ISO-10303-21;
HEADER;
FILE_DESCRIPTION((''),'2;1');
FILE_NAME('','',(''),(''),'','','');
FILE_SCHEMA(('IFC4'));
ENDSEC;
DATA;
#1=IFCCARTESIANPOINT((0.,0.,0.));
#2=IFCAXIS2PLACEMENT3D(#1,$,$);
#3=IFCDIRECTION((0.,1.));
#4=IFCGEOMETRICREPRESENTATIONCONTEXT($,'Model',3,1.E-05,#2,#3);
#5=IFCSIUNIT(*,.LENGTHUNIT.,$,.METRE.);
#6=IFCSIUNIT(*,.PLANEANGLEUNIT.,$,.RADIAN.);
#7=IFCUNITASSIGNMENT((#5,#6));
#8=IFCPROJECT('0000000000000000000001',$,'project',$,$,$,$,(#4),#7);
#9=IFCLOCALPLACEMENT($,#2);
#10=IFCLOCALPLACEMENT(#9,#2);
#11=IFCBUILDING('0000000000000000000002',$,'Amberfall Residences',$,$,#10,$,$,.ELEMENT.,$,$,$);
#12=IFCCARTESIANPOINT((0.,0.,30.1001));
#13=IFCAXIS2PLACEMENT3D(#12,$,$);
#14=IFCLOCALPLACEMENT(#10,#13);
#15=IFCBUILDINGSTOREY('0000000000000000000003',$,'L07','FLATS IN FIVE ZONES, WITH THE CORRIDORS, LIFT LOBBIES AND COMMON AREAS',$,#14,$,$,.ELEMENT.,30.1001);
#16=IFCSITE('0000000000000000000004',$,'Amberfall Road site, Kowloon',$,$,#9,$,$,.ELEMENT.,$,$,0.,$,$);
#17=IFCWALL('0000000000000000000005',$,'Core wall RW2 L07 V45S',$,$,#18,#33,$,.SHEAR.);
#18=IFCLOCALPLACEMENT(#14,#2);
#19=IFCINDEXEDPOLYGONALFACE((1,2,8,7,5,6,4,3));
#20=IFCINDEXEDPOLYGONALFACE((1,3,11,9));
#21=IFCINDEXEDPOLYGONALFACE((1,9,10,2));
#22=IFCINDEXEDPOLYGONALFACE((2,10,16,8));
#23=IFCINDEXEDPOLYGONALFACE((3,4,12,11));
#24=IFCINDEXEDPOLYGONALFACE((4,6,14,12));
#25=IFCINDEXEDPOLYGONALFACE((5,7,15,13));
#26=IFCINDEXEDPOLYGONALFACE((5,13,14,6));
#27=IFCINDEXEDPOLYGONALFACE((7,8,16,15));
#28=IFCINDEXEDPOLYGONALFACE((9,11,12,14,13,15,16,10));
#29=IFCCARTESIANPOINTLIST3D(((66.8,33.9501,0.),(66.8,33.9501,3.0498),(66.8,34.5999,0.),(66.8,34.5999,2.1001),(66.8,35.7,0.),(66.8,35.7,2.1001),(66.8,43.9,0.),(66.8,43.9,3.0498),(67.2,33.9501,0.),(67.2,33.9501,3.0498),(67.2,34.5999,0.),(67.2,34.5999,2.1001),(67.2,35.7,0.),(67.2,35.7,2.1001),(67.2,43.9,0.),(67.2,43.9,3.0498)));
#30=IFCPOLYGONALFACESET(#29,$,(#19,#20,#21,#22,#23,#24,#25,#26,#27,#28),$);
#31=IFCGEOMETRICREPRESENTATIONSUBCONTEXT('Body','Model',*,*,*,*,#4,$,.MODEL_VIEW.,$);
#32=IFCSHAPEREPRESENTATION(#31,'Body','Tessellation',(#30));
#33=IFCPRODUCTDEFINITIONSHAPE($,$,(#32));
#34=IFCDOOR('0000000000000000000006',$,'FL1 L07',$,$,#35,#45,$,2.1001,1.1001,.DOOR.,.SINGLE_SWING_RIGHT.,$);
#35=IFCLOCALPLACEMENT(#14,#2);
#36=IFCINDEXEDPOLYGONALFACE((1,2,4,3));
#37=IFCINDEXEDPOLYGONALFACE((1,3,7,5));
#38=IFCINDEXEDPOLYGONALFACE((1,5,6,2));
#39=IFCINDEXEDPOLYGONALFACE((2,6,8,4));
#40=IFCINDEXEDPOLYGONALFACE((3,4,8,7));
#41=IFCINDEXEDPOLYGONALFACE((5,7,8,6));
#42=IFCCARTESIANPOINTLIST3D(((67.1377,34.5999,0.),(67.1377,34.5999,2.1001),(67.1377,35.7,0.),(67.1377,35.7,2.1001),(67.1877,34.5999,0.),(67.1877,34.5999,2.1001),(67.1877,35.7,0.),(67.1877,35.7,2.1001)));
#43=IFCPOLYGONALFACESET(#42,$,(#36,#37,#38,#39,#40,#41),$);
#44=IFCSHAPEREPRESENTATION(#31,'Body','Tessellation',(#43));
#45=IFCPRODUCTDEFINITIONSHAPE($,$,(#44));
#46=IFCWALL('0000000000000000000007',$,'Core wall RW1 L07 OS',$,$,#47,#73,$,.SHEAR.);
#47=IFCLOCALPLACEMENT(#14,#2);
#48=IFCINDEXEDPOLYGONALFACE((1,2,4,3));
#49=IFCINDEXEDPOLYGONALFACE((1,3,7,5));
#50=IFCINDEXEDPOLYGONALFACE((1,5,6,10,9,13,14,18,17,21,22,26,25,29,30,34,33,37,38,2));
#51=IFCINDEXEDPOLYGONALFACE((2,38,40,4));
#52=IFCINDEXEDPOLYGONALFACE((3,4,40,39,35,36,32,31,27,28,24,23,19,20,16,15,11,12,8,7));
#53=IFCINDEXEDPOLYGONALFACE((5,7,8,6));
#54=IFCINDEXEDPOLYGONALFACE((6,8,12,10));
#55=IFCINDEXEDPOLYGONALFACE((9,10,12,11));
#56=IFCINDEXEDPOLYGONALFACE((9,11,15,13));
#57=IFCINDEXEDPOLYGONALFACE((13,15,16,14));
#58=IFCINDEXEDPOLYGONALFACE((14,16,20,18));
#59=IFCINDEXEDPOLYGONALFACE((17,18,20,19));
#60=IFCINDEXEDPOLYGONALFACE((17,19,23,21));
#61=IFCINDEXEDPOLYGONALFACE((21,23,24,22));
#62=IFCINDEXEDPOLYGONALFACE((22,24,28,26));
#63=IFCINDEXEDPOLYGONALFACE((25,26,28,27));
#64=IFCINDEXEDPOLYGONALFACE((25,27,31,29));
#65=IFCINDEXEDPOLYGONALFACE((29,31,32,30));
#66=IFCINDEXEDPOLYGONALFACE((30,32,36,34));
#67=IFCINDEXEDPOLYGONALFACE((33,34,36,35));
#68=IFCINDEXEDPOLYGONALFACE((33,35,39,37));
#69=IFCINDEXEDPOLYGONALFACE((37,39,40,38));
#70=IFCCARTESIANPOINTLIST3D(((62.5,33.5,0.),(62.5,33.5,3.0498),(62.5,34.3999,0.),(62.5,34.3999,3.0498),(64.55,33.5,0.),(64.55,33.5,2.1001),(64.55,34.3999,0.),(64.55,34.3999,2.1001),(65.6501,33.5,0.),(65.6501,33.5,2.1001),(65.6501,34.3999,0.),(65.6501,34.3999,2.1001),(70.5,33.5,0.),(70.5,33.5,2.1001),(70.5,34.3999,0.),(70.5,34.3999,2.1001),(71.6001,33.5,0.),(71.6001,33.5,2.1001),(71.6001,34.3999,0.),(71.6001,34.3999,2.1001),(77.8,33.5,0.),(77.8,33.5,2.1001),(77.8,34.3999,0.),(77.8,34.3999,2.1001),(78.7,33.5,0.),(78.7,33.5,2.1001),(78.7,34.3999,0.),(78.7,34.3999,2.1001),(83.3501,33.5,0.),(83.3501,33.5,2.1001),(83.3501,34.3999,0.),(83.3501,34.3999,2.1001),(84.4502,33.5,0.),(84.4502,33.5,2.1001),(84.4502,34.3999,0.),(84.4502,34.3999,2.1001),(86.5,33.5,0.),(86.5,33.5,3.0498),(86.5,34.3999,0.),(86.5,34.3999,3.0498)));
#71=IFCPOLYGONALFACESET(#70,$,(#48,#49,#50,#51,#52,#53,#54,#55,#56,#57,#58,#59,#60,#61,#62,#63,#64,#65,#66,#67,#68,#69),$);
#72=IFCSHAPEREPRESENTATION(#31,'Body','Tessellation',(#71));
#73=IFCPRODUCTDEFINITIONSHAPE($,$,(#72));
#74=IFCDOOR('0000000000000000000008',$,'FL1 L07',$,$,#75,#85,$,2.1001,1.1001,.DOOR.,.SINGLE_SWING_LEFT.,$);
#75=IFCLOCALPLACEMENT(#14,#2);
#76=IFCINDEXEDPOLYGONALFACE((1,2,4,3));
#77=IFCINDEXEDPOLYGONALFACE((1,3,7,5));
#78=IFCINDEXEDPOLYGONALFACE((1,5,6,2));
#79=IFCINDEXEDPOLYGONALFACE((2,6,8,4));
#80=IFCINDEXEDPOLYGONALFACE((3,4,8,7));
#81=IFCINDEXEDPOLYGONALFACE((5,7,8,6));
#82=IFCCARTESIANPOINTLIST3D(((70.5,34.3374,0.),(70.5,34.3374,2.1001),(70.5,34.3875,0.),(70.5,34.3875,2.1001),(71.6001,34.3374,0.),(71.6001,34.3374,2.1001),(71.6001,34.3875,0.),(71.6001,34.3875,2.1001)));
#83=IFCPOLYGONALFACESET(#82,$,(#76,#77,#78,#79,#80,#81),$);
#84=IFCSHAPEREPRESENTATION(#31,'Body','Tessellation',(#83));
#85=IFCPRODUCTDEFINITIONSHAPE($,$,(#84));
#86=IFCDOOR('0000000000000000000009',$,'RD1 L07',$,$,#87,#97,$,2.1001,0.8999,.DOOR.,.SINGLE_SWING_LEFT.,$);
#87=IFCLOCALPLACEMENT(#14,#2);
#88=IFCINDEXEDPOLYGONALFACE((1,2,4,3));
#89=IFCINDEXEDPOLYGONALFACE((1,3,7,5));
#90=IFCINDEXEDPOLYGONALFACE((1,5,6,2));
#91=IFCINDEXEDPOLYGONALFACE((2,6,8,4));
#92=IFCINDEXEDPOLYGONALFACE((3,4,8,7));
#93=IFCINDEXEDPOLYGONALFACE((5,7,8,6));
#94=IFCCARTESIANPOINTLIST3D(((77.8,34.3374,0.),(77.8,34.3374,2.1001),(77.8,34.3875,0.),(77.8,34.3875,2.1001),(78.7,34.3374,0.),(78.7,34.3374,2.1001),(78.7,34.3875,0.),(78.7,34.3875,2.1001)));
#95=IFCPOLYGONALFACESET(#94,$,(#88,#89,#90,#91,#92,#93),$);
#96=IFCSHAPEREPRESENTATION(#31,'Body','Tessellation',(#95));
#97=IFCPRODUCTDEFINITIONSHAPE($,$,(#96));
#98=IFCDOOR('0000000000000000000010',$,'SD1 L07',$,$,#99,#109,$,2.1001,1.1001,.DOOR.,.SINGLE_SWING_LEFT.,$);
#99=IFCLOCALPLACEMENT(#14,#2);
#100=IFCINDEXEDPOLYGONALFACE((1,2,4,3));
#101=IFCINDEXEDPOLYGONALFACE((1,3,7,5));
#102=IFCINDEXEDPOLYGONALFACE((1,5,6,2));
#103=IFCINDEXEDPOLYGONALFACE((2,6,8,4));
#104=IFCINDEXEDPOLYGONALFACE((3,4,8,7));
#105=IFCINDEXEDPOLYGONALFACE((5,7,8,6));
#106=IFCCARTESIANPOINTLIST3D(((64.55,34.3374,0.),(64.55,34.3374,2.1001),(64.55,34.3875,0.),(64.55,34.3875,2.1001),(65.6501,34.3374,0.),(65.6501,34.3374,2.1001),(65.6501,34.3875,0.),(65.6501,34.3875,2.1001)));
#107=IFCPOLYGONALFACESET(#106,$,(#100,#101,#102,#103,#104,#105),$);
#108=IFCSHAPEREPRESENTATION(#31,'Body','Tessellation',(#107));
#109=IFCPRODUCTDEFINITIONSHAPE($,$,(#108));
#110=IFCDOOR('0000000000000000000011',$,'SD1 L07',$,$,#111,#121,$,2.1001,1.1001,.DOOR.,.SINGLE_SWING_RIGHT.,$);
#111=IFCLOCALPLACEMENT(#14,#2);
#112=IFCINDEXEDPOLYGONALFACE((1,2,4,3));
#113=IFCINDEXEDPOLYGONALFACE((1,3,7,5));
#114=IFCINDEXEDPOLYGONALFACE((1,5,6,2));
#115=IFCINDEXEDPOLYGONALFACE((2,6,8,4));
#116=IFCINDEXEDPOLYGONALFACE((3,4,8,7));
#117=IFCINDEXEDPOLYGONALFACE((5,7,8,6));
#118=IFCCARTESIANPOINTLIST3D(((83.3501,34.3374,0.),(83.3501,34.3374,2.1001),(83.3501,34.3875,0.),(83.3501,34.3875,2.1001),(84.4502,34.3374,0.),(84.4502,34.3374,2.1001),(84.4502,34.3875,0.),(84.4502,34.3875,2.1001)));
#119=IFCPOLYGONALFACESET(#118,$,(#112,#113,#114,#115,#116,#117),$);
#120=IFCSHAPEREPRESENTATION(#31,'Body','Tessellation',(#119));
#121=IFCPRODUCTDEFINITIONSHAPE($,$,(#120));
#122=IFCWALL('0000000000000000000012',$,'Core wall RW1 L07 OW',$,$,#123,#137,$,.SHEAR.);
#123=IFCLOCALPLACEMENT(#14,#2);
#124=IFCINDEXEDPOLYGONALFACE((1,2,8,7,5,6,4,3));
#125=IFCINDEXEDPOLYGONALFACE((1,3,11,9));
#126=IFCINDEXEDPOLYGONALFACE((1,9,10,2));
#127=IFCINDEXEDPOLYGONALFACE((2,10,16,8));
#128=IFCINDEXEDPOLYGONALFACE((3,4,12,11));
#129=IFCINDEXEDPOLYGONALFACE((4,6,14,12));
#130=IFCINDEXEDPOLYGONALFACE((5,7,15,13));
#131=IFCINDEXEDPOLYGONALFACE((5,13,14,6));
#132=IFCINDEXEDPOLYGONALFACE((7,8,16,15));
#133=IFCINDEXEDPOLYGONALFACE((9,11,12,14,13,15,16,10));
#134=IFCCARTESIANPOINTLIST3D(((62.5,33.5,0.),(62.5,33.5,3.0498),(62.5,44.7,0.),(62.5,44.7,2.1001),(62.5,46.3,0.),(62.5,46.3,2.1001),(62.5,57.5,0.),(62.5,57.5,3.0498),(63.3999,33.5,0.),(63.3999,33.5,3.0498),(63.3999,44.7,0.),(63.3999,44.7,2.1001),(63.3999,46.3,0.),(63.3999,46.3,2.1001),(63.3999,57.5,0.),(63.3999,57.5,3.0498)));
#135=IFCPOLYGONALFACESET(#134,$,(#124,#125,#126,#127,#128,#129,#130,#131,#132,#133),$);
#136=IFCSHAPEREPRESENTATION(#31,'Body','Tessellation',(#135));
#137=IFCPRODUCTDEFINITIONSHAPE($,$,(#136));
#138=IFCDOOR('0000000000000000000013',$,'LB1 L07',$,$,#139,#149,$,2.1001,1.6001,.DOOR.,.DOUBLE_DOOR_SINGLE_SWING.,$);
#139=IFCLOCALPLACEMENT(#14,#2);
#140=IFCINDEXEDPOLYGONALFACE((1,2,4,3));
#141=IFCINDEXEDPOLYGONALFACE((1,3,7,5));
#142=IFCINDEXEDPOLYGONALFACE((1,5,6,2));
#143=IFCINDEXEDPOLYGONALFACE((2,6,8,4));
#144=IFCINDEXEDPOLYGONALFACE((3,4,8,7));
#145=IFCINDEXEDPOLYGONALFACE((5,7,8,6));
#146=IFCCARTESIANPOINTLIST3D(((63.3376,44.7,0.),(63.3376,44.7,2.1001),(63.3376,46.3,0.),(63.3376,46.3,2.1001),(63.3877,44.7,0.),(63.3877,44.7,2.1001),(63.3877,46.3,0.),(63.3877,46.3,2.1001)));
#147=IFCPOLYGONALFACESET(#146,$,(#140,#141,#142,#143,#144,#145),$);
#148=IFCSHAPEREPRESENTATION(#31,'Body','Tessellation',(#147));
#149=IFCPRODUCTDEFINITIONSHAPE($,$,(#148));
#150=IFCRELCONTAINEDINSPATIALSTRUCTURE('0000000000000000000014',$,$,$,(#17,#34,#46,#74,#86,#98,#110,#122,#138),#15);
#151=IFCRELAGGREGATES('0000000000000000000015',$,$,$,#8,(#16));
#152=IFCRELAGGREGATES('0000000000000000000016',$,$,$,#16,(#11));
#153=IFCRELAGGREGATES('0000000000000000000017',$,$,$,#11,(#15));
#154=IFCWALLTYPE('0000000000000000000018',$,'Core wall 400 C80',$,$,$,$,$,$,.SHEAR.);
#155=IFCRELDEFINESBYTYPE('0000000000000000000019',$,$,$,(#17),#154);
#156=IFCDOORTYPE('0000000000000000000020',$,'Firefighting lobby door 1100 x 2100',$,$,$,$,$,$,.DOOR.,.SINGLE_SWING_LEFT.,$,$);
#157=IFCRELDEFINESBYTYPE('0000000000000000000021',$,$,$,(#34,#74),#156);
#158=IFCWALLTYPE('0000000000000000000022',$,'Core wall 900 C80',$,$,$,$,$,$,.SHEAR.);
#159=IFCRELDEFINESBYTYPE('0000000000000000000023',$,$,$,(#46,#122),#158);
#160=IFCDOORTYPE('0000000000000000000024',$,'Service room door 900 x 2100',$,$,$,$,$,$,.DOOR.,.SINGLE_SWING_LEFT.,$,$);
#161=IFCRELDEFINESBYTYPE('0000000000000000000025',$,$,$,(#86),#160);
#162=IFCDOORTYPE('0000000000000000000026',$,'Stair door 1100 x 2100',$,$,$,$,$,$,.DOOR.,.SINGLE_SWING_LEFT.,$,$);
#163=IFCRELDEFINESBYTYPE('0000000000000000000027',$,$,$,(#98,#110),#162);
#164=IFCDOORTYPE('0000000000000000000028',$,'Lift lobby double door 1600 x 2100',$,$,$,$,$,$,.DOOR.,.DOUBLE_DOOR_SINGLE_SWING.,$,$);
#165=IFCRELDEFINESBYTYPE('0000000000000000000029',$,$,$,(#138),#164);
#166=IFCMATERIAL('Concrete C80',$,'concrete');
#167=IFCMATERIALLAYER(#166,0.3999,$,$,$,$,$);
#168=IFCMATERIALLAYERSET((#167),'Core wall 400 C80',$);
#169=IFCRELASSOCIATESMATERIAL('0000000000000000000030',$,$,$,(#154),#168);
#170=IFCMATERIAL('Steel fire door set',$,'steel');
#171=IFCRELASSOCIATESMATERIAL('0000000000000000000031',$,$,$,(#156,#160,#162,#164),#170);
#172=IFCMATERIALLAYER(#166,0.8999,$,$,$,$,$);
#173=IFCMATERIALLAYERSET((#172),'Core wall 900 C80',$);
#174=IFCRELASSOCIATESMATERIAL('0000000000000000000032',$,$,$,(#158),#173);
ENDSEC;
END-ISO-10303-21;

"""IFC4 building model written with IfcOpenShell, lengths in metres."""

from ifc_helpers import new_model, si_unit, direction, frame, frame_2d, origin, place, context, subcontext, project, spatial, rectangle, extrude, material, layer, layer_set, type_object, element, fill, save


model = new_model("IFC4")

# Units and contexts
model_context = context("Model", 3, precision=1e-05, world=origin(), true_north=direction((0.0, 1.0)))
body_context = subcontext(model_context, "Body", "Model", "MODEL_VIEW")
ifc_project = project(units=[si_unit("LENGTHUNIT", "METRE"), si_unit("PLANEANGLEUNIT", "RADIAN")], contexts=[model_context])

# Site, building, storey
site_placement = place(None, origin())
site = spatial("IfcSite", under=ifc_project, at=site_placement, Name="Amberfall Road site, Kowloon", CompositionType="ELEMENT", RefElevation=0.0)
building_placement = place(site_placement, origin())
building = spatial("IfcBuilding", under=site, at=building_placement, Name="Amberfall Residences", CompositionType="ELEMENT")
storey_placement = place(building_placement, frame((0.0, 0.0, 30.1001)))
storey = spatial("IfcBuildingStorey", under=building, at=storey_placement, Name="L07", Description="FLATS IN FIVE ZONES, WITH THE CORRIDORS, LIFT LOBBIES AND COMMON AREAS", CompositionType="ELEMENT", Elevation=30.1001)

# Wall, opening, door
ifc_material_1 = material(Name="Concrete C80", Category="concrete")
ifc_layer_1 = layer(ifc_material_1, 0.3999)
ifc_layer_set_1 = layer_set([ifc_layer_1], Name="Core wall 400 C80")
wall_type_1 = type_object("IfcWallType", Name="Core wall 400 C80", PredefinedType="SHEAR", material=ifc_layer_set_1)
wall_1_placement = place(storey_placement, frame((67.0, 33.95, 0.0), z_axis=(0.0, 0.0, 1.0), x_axis=(0.0, 1.0, 0.0)))
wall_1 = element("IfcWall", 1, at=wall_1_placement, inside=storey, type_object=wall_type_1, Name="Core wall RW2 L07 V45S", PredefinedType="SHEAR", context=body_context, shape_type="SweptSolid", body=[
    extrude(rectangle(XDim=9.95, YDim=0.3999, at=frame_2d((4.9751, 0.0))), origin(), (0.0, 0.0, 1.0), 3.0498),
])
opening_1_placement = place(wall_1_placement, frame((0.6499, 0.0, 0.0)))
opening_1 = element("IfcOpeningElement", 2, at=opening_1_placement, cuts=wall_1, PredefinedType="OPENING", context=body_context, shape_type="SweptSolid", body=[
    extrude(rectangle(XDim=1.1001, YDim=2.1001, at=frame_2d((0.55, 1.05))), frame((0.0, 0.21, 0.0), z_axis=(0.0, -1.0, 0.0), x_axis=(1.0, 0.0, 0.0)), (0.0, 0.0, 1.0), 0.4199),
])
ifc_material_2 = material(Name="Steel fire door set", Category="steel")
door_type_1 = type_object("IfcDoorType", Name="Firefighting lobby door 1100 x 2100", OperationType="SINGLE_SWING_LEFT", PredefinedType="DOOR", material=ifc_material_2)
door_1_placement = place(opening_1_placement, origin())
door_1 = element("IfcDoor", 3, at=door_1_placement, inside=storey, type_object=door_type_1, Name="FL1 L07", OperationType="SINGLE_SWING_RIGHT", OverallHeight=2.1001, OverallWidth=1.1001, PredefinedType="DOOR", context=body_context, shape_type="SweptSolid", body=[
    extrude(rectangle(XDim=1.1001, YDim=2.1001, at=frame_2d((0.55, 1.05))), frame((0.0, -0.1377, 0.0), z_axis=(0.0, -1.0, 0.0), x_axis=(1.0, 0.0, 0.0)), (0.0, 0.0, 1.0), 0.05),
])
fill(opening_1, door_1)

# Wall, openings, doors
ifc_layer_2 = layer(ifc_material_1, 0.8999)
ifc_layer_set_2 = layer_set([ifc_layer_2], Name="Core wall 900 C80")
wall_type_2 = type_object("IfcWallType", Name="Core wall 900 C80", PredefinedType="SHEAR", material=ifc_layer_set_2)
wall_2_placement = place(storey_placement, frame((62.5, 33.95, 0.0), z_axis=(0.0, 0.0, 1.0), x_axis=(1.0, 0.0, 0.0)))
wall_2 = element("IfcWall", 4, at=wall_2_placement, inside=storey, type_object=wall_type_2, Name="Core wall RW1 L07 OS", PredefinedType="SHEAR", context=body_context, shape_type="SweptSolid", body=[
    extrude(rectangle(XDim=24.0, YDim=0.8999, at=frame_2d((12.0, 0.0))), origin(), (0.0, 0.0, 1.0), 3.0498),
])
opening_2_placement = place(wall_2_placement, frame((2.05, 0.0, 0.0)))
opening_2 = element("IfcOpeningElement", 5, at=opening_2_placement, cuts=wall_2, PredefinedType="OPENING", context=body_context, shape_type="SweptSolid", body=[
    extrude(rectangle(XDim=1.1001, YDim=2.1001, at=frame_2d((0.55, 1.05))), frame((0.0, 0.46, 0.0), z_axis=(0.0, -1.0, 0.0), x_axis=(1.0, 0.0, 0.0)), (0.0, 0.0, 1.0), 0.9199),
])
opening_3_placement = place(wall_2_placement, frame((20.8501, 0.0, 0.0)))
opening_3 = element("IfcOpeningElement", 6, at=opening_3_placement, cuts=wall_2, PredefinedType="OPENING", context=body_context, shape_type="SweptSolid", body=[
    extrude(rectangle(XDim=1.1001, YDim=2.1001, at=frame_2d((0.55, 1.05))), frame((0.0, 0.46, 0.0), z_axis=(0.0, -1.0, 0.0), x_axis=(1.0, 0.0, 0.0)), (0.0, 0.0, 1.0), 0.9199),
])
opening_4_placement = place(wall_2_placement, frame((8.0, 0.0, 0.0)))
opening_4 = element("IfcOpeningElement", 7, at=opening_4_placement, cuts=wall_2, PredefinedType="OPENING", context=body_context, shape_type="SweptSolid", body=[
    extrude(rectangle(XDim=1.1001, YDim=2.1001, at=frame_2d((0.55, 1.05))), frame((0.0, 0.46, 0.0), z_axis=(0.0, -1.0, 0.0), x_axis=(1.0, 0.0, 0.0)), (0.0, 0.0, 1.0), 0.9199),
])
opening_5_placement = place(wall_2_placement, frame((15.3, 0.0, 0.0)))
opening_5 = element("IfcOpeningElement", 8, at=opening_5_placement, cuts=wall_2, PredefinedType="OPENING", context=body_context, shape_type="SweptSolid", body=[
    extrude(rectangle(XDim=0.8999, YDim=2.1001, at=frame_2d((0.45, 1.05))), frame((0.0, 0.46, 0.0), z_axis=(0.0, -1.0, 0.0), x_axis=(1.0, 0.0, 0.0)), (0.0, 0.0, 1.0), 0.9199),
])
door_2_placement = place(opening_4_placement, origin())
door_2 = element("IfcDoor", 9, at=door_2_placement, inside=storey, type_object=door_type_1, Name="FL1 L07", OperationType="SINGLE_SWING_LEFT", OverallHeight=2.1001, OverallWidth=1.1001, PredefinedType="DOOR", context=body_context, shape_type="SweptSolid", body=[
    extrude(rectangle(XDim=1.1001, YDim=2.1001, at=frame_2d((0.55, 1.05))), frame((0.0, 0.4375, 0.0), z_axis=(0.0, -1.0, 0.0), x_axis=(1.0, 0.0, 0.0)), (0.0, 0.0, 1.0), 0.05),
])
fill(opening_4, door_2)
door_type_2 = type_object("IfcDoorType", Name="Service room door 900 x 2100", OperationType="SINGLE_SWING_LEFT", PredefinedType="DOOR", material=ifc_material_2)
door_3_placement = place(opening_5_placement, origin())
door_3 = element("IfcDoor", 10, at=door_3_placement, inside=storey, type_object=door_type_2, Name="RD1 L07", OperationType="SINGLE_SWING_LEFT", OverallHeight=2.1001, OverallWidth=0.8999, PredefinedType="DOOR", context=body_context, shape_type="SweptSolid", body=[
    extrude(rectangle(XDim=0.8999, YDim=2.1001, at=frame_2d((0.45, 1.05))), frame((0.0, 0.4375, 0.0), z_axis=(0.0, -1.0, 0.0), x_axis=(1.0, 0.0, 0.0)), (0.0, 0.0, 1.0), 0.05),
])
fill(opening_5, door_3)
door_type_3 = type_object("IfcDoorType", Name="Stair door 1100 x 2100", OperationType="SINGLE_SWING_LEFT", PredefinedType="DOOR", material=ifc_material_2)
door_4_placement = place(opening_2_placement, origin())
door_4 = element("IfcDoor", 11, at=door_4_placement, inside=storey, type_object=door_type_3, Name="SD1 L07", OperationType="SINGLE_SWING_LEFT", OverallHeight=2.1001, OverallWidth=1.1001, PredefinedType="DOOR", context=body_context, shape_type="SweptSolid", body=[
    extrude(rectangle(XDim=1.1001, YDim=2.1001, at=frame_2d((0.55, 1.05))), frame((0.0, 0.4375, 0.0), z_axis=(0.0, -1.0, 0.0), x_axis=(1.0, 0.0, 0.0)), (0.0, 0.0, 1.0), 0.05),
])
fill(opening_2, door_4)
door_5_placement = place(opening_3_placement, origin())
door_5 = element("IfcDoor", 12, at=door_5_placement, inside=storey, type_object=door_type_3, Name="SD1 L07", OperationType="SINGLE_SWING_RIGHT", OverallHeight=2.1001, OverallWidth=1.1001, PredefinedType="DOOR", context=body_context, shape_type="SweptSolid", body=[
    extrude(rectangle(XDim=1.1001, YDim=2.1001, at=frame_2d((0.55, 1.05))), frame((0.0, 0.4375, 0.0), z_axis=(0.0, -1.0, 0.0), x_axis=(1.0, 0.0, 0.0)), (0.0, 0.0, 1.0), 0.05),
])
fill(opening_3, door_5)

# Wall, opening, door
wall_3_placement = place(storey_placement, frame((62.95, 33.5, 0.0), z_axis=(0.0, 0.0, 1.0), x_axis=(0.0, 1.0, 0.0)))
wall_3 = element("IfcWall", 13, at=wall_3_placement, inside=storey, type_object=wall_type_2, Name="Core wall RW1 L07 OW", PredefinedType="SHEAR", context=body_context, shape_type="SweptSolid", body=[
    extrude(rectangle(XDim=24.0, YDim=0.8999, at=frame_2d((12.0, 0.0))), origin(), (0.0, 0.0, 1.0), 3.0498),
])
opening_6_placement = place(wall_3_placement, frame((11.2, 0.0, 0.0)))
opening_6 = element("IfcOpeningElement", 14, at=opening_6_placement, cuts=wall_3, PredefinedType="OPENING", context=body_context, shape_type="SweptSolid", body=[
    extrude(rectangle(XDim=1.6001, YDim=2.1001, at=frame_2d((0.8, 1.05))), frame((0.0, 0.46, 0.0), z_axis=(0.0, -1.0, 0.0), x_axis=(1.0, 0.0, 0.0)), (0.0, 0.0, 1.0), 0.9199),
])
door_type_4 = type_object("IfcDoorType", Name="Lift lobby double door 1600 x 2100", OperationType="DOUBLE_DOOR_SINGLE_SWING", PredefinedType="DOOR", material=ifc_material_2)
door_6_placement = place(opening_6_placement, origin())
door_6 = element("IfcDoor", 15, at=door_6_placement, inside=storey, type_object=door_type_4, Name="LB1 L07", OperationType="DOUBLE_DOOR_SINGLE_SWING", OverallHeight=2.1001, OverallWidth=1.6001, PredefinedType="DOOR", context=body_context, shape_type="SweptSolid", body=[
    extrude(rectangle(XDim=1.6001, YDim=2.1001, at=frame_2d((0.8, 1.05))), frame((0.0, -0.3877, 0.0), z_axis=(0.0, -1.0, 0.0), x_axis=(1.0, 0.0, 0.0)), (0.0, 0.0, 1.0), 0.05),
])
fill(opening_6, door_6)

save(model, "model.ifc")
